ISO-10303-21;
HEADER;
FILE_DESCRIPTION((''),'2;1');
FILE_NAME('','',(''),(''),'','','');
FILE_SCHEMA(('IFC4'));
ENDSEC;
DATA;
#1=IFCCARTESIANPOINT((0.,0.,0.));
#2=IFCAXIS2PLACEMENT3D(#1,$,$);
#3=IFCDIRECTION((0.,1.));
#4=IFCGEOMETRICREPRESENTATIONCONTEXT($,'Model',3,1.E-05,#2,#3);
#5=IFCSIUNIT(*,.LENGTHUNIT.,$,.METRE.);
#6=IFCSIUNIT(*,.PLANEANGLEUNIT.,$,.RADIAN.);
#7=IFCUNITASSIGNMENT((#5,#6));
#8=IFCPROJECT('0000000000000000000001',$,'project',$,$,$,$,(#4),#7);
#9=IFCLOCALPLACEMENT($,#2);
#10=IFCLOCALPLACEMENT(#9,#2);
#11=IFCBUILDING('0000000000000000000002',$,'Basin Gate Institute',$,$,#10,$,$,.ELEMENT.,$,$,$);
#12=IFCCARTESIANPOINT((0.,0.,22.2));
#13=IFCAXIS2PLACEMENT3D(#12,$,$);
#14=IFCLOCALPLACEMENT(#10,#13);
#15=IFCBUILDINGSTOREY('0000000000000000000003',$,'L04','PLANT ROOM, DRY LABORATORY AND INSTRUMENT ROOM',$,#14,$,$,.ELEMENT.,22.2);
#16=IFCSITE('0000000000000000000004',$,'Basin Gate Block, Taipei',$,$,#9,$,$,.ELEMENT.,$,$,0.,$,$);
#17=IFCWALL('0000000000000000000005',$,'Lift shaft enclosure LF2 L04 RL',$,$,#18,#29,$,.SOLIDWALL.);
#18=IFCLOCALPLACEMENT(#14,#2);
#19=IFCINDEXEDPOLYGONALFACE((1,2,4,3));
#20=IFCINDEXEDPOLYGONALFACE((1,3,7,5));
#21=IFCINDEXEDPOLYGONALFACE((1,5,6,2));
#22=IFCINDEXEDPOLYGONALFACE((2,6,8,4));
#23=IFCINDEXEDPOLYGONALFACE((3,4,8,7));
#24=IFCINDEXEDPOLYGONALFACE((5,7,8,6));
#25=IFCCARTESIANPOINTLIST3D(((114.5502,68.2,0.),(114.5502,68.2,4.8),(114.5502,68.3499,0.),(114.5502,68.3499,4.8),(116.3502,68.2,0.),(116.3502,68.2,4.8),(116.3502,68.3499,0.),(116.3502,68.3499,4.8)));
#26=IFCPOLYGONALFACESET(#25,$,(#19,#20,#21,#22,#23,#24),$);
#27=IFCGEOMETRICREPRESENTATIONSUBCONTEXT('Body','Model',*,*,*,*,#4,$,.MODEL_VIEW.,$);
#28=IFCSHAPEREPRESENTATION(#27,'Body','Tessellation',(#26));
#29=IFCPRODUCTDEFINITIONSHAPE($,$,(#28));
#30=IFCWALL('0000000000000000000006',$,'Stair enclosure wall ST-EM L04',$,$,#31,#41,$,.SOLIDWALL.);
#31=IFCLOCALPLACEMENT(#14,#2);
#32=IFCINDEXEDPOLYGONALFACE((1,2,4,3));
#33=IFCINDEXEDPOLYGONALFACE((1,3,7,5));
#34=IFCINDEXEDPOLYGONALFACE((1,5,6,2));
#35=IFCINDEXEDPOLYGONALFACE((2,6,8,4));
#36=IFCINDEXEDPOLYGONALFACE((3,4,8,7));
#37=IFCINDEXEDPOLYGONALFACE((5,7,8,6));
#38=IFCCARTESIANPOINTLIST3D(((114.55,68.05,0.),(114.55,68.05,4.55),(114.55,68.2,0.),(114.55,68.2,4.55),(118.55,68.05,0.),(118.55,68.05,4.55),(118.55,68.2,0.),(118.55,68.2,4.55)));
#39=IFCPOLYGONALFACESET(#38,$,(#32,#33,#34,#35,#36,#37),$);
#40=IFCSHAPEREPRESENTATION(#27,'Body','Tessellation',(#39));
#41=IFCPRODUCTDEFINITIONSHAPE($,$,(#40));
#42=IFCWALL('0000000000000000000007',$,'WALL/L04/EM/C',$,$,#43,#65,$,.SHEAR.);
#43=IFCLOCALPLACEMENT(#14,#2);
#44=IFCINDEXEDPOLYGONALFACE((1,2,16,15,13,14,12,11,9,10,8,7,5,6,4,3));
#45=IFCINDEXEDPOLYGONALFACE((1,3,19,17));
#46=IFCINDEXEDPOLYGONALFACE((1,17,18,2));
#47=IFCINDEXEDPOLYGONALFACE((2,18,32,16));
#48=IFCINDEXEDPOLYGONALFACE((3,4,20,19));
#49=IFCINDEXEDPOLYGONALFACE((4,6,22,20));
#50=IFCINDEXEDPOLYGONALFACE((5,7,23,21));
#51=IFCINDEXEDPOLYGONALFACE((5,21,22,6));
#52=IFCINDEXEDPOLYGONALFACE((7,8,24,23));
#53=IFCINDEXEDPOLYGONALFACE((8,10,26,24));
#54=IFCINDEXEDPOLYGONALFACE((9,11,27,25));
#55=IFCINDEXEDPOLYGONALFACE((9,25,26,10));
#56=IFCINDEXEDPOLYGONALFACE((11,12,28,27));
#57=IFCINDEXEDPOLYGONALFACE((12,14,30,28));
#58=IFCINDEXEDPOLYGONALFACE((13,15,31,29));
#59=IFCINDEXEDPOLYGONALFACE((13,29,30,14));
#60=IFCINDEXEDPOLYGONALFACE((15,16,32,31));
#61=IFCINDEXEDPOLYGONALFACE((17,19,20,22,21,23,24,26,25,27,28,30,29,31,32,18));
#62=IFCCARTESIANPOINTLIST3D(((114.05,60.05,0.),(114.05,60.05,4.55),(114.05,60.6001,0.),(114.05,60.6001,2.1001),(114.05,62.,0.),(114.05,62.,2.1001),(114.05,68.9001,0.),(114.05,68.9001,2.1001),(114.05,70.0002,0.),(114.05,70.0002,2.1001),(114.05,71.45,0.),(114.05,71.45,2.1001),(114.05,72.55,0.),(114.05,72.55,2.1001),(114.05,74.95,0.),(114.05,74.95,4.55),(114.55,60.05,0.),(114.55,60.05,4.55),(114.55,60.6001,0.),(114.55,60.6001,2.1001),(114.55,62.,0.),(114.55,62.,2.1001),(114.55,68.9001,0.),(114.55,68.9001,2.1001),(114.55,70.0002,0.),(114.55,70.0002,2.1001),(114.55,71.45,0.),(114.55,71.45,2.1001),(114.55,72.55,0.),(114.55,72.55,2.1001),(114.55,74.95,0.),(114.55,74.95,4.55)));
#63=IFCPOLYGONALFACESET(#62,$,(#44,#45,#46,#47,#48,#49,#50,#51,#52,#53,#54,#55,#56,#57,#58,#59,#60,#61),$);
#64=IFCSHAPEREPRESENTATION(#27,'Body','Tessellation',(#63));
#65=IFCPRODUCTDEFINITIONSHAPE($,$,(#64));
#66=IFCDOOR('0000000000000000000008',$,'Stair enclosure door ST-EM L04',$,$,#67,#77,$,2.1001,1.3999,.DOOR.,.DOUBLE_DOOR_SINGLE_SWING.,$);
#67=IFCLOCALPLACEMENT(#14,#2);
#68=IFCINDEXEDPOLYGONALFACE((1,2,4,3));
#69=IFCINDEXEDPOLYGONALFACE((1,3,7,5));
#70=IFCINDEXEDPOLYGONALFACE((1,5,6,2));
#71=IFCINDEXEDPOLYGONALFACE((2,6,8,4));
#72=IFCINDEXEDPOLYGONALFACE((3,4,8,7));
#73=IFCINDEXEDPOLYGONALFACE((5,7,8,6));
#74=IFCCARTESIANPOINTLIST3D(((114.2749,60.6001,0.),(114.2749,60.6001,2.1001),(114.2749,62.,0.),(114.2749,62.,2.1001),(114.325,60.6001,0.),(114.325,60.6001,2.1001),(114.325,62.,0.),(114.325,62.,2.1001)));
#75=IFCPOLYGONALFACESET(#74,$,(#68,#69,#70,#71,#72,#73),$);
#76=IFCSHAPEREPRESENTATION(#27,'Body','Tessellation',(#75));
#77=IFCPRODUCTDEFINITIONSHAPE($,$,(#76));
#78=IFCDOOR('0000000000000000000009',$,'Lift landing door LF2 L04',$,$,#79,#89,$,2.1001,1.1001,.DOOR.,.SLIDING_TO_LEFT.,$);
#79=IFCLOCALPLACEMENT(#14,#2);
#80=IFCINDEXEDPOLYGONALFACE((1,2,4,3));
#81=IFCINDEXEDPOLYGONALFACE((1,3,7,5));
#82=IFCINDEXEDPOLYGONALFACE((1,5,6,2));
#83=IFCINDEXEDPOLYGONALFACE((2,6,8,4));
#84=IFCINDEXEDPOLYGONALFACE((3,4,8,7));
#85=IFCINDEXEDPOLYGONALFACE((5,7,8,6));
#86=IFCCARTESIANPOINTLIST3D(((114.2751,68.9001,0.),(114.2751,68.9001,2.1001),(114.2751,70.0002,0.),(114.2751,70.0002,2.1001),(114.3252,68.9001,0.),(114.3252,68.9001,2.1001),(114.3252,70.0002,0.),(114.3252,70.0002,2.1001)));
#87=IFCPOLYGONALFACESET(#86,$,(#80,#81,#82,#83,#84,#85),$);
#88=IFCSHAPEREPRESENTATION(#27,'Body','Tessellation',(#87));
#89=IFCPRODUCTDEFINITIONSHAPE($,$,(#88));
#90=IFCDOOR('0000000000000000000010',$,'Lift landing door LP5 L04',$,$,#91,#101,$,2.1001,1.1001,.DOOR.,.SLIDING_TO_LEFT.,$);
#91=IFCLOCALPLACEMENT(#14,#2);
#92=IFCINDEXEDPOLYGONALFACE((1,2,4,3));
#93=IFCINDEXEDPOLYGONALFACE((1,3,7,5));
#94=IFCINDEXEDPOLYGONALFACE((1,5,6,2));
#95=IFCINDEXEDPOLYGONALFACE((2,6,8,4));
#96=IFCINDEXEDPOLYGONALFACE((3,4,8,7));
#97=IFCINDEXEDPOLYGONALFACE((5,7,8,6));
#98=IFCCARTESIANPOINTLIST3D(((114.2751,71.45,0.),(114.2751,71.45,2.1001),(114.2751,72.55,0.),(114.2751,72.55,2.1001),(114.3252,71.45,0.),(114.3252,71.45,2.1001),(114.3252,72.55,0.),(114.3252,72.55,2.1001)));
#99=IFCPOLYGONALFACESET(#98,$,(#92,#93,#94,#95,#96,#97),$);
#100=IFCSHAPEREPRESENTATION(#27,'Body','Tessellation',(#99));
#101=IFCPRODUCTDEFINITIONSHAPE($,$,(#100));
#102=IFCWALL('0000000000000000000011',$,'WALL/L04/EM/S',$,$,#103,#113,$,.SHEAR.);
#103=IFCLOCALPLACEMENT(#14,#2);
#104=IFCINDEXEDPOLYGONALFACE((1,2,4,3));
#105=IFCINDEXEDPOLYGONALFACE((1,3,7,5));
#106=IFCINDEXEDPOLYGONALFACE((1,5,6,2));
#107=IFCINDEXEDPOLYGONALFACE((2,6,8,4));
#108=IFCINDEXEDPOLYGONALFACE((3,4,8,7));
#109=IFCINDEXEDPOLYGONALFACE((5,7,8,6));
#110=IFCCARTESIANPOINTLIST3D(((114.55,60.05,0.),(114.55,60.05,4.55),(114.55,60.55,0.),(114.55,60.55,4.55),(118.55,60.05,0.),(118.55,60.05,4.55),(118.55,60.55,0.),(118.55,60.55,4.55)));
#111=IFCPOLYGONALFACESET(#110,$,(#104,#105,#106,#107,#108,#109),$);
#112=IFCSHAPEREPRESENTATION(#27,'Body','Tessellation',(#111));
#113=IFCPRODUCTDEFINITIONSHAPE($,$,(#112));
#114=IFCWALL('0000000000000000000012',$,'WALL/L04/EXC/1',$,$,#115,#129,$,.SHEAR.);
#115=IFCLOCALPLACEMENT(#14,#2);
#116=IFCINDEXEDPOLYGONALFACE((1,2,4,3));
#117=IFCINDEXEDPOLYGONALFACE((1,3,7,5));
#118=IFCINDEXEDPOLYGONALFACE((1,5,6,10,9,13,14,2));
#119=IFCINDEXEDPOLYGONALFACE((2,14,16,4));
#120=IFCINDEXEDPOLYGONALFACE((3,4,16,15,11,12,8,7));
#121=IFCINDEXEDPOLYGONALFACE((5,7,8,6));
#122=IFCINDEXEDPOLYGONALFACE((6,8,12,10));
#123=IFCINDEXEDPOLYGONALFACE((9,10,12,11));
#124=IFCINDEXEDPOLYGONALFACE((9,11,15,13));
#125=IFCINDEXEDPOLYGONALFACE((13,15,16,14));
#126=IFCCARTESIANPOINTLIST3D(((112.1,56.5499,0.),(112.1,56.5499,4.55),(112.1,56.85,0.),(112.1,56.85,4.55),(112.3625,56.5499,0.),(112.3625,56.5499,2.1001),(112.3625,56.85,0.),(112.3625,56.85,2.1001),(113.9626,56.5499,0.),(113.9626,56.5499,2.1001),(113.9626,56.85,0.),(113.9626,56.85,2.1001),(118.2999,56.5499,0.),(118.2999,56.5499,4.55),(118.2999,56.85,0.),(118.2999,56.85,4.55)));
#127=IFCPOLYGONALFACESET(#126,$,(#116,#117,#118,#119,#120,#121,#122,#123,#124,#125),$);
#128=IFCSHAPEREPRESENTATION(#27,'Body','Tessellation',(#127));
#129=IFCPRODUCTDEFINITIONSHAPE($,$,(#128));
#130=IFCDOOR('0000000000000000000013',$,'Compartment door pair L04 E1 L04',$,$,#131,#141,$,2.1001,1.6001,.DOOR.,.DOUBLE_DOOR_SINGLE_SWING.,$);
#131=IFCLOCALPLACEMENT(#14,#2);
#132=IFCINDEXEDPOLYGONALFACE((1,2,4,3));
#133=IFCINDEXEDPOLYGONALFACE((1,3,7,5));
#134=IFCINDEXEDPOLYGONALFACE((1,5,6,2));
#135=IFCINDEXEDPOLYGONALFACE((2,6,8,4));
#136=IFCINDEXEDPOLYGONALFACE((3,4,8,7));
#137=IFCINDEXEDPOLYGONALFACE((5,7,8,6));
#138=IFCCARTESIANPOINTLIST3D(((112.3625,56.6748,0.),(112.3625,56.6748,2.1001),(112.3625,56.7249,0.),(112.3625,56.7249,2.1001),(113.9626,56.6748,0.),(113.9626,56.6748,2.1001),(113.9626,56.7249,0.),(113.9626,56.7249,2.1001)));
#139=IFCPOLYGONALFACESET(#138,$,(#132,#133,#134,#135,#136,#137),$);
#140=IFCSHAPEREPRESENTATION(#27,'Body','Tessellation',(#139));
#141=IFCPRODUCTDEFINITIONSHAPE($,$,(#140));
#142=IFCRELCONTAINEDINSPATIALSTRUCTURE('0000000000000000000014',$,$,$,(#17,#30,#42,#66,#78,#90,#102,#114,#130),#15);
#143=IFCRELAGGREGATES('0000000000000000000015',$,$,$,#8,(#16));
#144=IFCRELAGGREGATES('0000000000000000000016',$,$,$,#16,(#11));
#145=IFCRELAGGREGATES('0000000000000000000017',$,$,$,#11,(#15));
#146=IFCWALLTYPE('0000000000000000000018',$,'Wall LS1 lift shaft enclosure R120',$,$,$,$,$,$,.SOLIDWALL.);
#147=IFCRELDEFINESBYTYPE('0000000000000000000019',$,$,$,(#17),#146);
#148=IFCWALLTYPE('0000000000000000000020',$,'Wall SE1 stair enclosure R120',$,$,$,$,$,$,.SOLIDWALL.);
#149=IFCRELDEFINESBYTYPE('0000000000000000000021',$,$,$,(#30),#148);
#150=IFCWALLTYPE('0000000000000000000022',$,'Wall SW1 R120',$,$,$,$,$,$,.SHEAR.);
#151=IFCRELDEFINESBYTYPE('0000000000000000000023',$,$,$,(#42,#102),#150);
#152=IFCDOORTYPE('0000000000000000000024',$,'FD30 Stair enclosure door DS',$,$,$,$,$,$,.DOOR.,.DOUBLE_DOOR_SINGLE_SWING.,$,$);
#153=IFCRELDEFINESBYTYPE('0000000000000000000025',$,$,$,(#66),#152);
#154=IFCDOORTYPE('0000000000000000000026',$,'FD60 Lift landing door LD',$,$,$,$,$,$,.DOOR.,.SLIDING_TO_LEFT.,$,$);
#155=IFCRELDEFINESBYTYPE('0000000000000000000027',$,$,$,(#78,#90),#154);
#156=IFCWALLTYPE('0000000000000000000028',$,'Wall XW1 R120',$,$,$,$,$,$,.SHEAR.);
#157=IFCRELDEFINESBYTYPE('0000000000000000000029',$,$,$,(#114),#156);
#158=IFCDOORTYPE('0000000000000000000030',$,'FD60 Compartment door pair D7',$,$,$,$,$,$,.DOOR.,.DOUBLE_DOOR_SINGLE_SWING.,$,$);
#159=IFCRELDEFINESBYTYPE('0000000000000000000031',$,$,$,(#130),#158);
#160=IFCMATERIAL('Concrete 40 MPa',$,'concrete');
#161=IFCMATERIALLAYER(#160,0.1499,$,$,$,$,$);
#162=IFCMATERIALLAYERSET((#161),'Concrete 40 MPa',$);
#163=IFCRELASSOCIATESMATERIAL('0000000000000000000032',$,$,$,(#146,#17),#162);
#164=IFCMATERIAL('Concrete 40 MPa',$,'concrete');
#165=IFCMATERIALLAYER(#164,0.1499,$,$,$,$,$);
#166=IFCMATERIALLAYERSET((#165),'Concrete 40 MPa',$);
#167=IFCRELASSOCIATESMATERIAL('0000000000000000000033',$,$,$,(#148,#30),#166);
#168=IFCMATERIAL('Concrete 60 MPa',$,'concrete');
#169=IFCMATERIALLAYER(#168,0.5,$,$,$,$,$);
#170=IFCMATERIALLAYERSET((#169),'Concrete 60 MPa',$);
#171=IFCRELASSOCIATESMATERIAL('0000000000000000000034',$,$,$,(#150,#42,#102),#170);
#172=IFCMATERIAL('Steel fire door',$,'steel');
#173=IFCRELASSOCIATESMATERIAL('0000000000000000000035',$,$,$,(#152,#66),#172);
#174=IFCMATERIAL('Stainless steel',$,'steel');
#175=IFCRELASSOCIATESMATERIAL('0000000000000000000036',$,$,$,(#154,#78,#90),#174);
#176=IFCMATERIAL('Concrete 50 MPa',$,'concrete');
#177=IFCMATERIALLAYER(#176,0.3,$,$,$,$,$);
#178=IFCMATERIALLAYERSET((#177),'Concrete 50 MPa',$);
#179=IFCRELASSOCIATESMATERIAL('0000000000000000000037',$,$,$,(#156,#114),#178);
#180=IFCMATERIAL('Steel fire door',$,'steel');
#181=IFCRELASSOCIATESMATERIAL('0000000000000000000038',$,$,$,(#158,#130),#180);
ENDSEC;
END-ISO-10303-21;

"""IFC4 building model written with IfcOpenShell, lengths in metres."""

from ifc_helpers import new_model, si_unit, direction, frame, frame_2d, origin, place, context, subcontext, project, spatial, rectangle, extrude, material, layer, layer_set, type_object, element, fill, save


model = new_model("IFC4")

# Units and contexts
model_context = context("Model", 3, precision=1e-05, world=origin(), true_north=direction((0.0, 1.0)))
body_context = subcontext(model_context, "Body", "Model", "MODEL_VIEW")
ifc_project = project(units=[si_unit("LENGTHUNIT", "METRE"), si_unit("PLANEANGLEUNIT", "RADIAN")], contexts=[model_context])

# Site, building, storey
site_placement = place(None, origin())
site = spatial("IfcSite", under=ifc_project, at=site_placement, Name="Basin Gate Block, Taipei", CompositionType="ELEMENT", RefElevation=0.0)
building_placement = place(site_placement, origin())
building = spatial("IfcBuilding", under=site, at=building_placement, Name="Basin Gate Institute", CompositionType="ELEMENT")
storey_placement = place(building_placement, frame((0.0, 0.0, 22.2)))
storey = spatial("IfcBuildingStorey", under=building, at=storey_placement, Name="L04", Description="PLANT ROOM, DRY LABORATORY AND INSTRUMENT ROOM", CompositionType="ELEMENT", Elevation=22.2)

# Walls
ifc_material_1 = material(Name="Concrete 40 MPa", Category="concrete")
ifc_layer_1 = layer(ifc_material_1, 0.1499)
ifc_layer_set_1 = layer_set([ifc_layer_1], Name="Concrete 40 MPa")
wall_type_1 = type_object("IfcWallType", Name="Wall LS1 lift shaft enclosure R120", PredefinedType="SOLIDWALL", material=ifc_layer_set_1)
wall_1_placement = place(storey_placement, frame((116.3501, 68.2749, 0.0), z_axis=(0.0, 0.0, 1.0), x_axis=(-1.0, 0.0, 0.0)))
element("IfcWall", 1, at=wall_1_placement, inside=storey, type_object=wall_type_1, material=ifc_layer_set_1, Name="Lift shaft enclosure LF2 L04 RL", PredefinedType="SOLIDWALL", context=body_context, shape_type="SweptSolid", body=[
    extrude(rectangle(XDim=1.8, YDim=0.1499, at=frame_2d((0.8999, 0.0))), origin(), (0.0, 0.0, 1.0), 4.8),
])
ifc_material_2 = material(Name="Concrete 40 MPa", Category="concrete")
ifc_layer_2 = layer(ifc_material_2, 0.1499)
ifc_layer_set_2 = layer_set([ifc_layer_2], Name="Concrete 40 MPa")
wall_type_2 = type_object("IfcWallType", Name="Wall SE1 stair enclosure R120", PredefinedType="SOLIDWALL", material=ifc_layer_set_2)
wall_2_placement = place(storey_placement, frame((118.55, 68.125, 0.0), z_axis=(0.0, 0.0, 1.0), x_axis=(-1.0, 0.0, 0.0)))
element("IfcWall", 2, at=wall_2_placement, inside=storey, type_object=wall_type_2, material=ifc_layer_set_2, Name="Stair enclosure wall ST-EM L04", PredefinedType="SOLIDWALL", context=body_context, shape_type="SweptSolid", body=[
    extrude(rectangle(XDim=4.0, YDim=0.1499, at=frame_2d((2.0, 0.0))), origin(), (0.0, 0.0, 1.0), 4.55),
])

# Wall, openings, doors
ifc_material_3 = material(Name="Concrete 60 MPa", Category="concrete")
ifc_layer_3 = layer(ifc_material_3, 0.5)
ifc_layer_set_3 = layer_set([ifc_layer_3], Name="Concrete 60 MPa")
wall_type_3 = type_object("IfcWallType", Name="Wall SW1 R120", PredefinedType="SHEAR", material=ifc_layer_set_3)
wall_3_placement = place(storey_placement, frame((114.3, 60.05, 0.0), z_axis=(0.0, 0.0, 1.0), x_axis=(0.0, 1.0, 0.0)))
wall_3 = element("IfcWall", 3, at=wall_3_placement, inside=storey, type_object=wall_type_3, material=ifc_layer_set_3, Name="WALL/L04/EM/C", PredefinedType="SHEAR", context=body_context, shape_type="SweptSolid", body=[
    extrude(rectangle(XDim=14.8999, YDim=0.5, at=frame_2d((7.45, 0.0))), origin(), (0.0, 0.0, 1.0), 4.55),
])
opening_1_placement = place(wall_3_placement, frame((0.55, 0.0, 0.0)))
opening_1 = element("IfcOpeningElement", 4, at=opening_1_placement, cuts=wall_3, PredefinedType="OPENING", context=body_context, shape_type="SweptSolid", body=[
    extrude(rectangle(XDim=1.3999, YDim=2.1001, at=frame_2d((0.7, 1.05))), frame((0.0, 0.26, 0.0), z_axis=(0.0, -1.0, 0.0), x_axis=(1.0, 0.0, 0.0)), (0.0, 0.0, 1.0), 0.52),
])
opening_2_placement = place(wall_3_placement, frame((8.8501, 0.0, 0.0)))
opening_2 = element("IfcOpeningElement", 5, at=opening_2_placement, cuts=wall_3, PredefinedType="OPENING", context=body_context, shape_type="SweptSolid", body=[
    extrude(rectangle(XDim=1.1001, YDim=2.1001, at=frame_2d((0.55, 1.05))), frame((0.0, 0.26, 0.0), z_axis=(0.0, -1.0, 0.0), x_axis=(1.0, 0.0, 0.0)), (0.0, 0.0, 1.0), 0.52),
])
opening_3_placement = place(wall_3_placement, frame((11.3999, 0.0, 0.0)))
opening_3 = element("IfcOpeningElement", 6, at=opening_3_placement, cuts=wall_3, PredefinedType="OPENING", context=body_context, shape_type="SweptSolid", body=[
    extrude(rectangle(XDim=1.1001, YDim=2.1001, at=frame_2d((0.55, 1.05))), frame((0.0, 0.26, 0.0), z_axis=(0.0, -1.0, 0.0), x_axis=(1.0, 0.0, 0.0)), (0.0, 0.0, 1.0), 0.52),
])
ifc_material_4 = material(Name="Steel fire door", Category="steel")
door_type_1 = type_object("IfcDoorType", Name="FD30 Stair enclosure door DS", OperationType="DOUBLE_DOOR_SINGLE_SWING", PredefinedType="DOOR", material=ifc_material_4)
door_1_placement = place(opening_1_placement, frame((1.3999, 0.0, 0.0), z_axis=(0.0, 0.0, 1.0), x_axis=(-1.0, 0.0, 0.0)))
door_1 = element("IfcDoor", 7, at=door_1_placement, inside=storey, type_object=door_type_1, material=ifc_material_4, Name="Stair enclosure door ST-EM L04", OperationType="DOUBLE_DOOR_SINGLE_SWING", OverallHeight=2.1001, OverallWidth=1.3999, PredefinedType="DOOR", context=body_context, shape_type="SweptSolid", body=[
    extrude(rectangle(XDim=1.3999, YDim=2.1001, at=frame_2d((0.7, 1.05))), frame((0.0, 0.0249, 0.0), z_axis=(0.0, -1.0, 0.0), x_axis=(1.0, 0.0, 0.0)), (0.0, 0.0, 1.0), 0.05),
])
fill(opening_1, door_1)
ifc_material_5 = material(Name="Stainless steel", Category="steel")
door_type_2 = type_object("IfcDoorType", Name="FD60 Lift landing door LD", OperationType="SLIDING_TO_LEFT", PredefinedType="DOOR", material=ifc_material_5)
door_2_placement = place(opening_2_placement, origin())
door_2 = element("IfcDoor", 8, at=door_2_placement, inside=storey, type_object=door_type_2, material=ifc_material_5, Name="Lift landing door LF2 L04", OperationType="SLIDING_TO_LEFT", OverallHeight=2.1001, OverallWidth=1.1001, PredefinedType="DOOR", context=body_context, shape_type="SweptSolid", body=[
    extrude(rectangle(XDim=1.1001, YDim=2.1001, at=frame_2d((0.55, 1.05))), frame((0.0, 0.0249, 0.0), z_axis=(0.0, -1.0, 0.0), x_axis=(1.0, 0.0, 0.0)), (0.0, 0.0, 1.0), 0.05),
])
fill(opening_2, door_2)
door_3_placement = place(opening_3_placement, origin())
door_3 = element("IfcDoor", 9, at=door_3_placement, inside=storey, type_object=door_type_2, material=ifc_material_5, Name="Lift landing door LP5 L04", OperationType="SLIDING_TO_LEFT", OverallHeight=2.1001, OverallWidth=1.1001, PredefinedType="DOOR", context=body_context, shape_type="SweptSolid", body=[
    extrude(rectangle(XDim=1.1001, YDim=2.1001, at=frame_2d((0.55, 1.05))), frame((0.0, 0.0249, 0.0), z_axis=(0.0, -1.0, 0.0), x_axis=(1.0, 0.0, 0.0)), (0.0, 0.0, 1.0), 0.05),
])
fill(opening_3, door_3)

# Wall
wall_4_placement = place(storey_placement, frame((118.55, 60.3, 0.0), z_axis=(0.0, 0.0, 1.0), x_axis=(-1.0, 0.0, 0.0)))
element("IfcWall", 10, at=wall_4_placement, inside=storey, type_object=wall_type_3, material=ifc_layer_set_3, Name="WALL/L04/EM/S", PredefinedType="SHEAR", context=body_context, shape_type="SweptSolid", body=[
    extrude(rectangle(XDim=4.0, YDim=0.5, at=frame_2d((2.0, 0.0))), origin(), (0.0, 0.0, 1.0), 4.55),
])

# Wall, opening, door
ifc_material_6 = material(Name="Concrete 50 MPa", Category="concrete")
ifc_layer_4 = layer(ifc_material_6, 0.3)
ifc_layer_set_4 = layer_set([ifc_layer_4], Name="Concrete 50 MPa")
wall_type_4 = type_object("IfcWallType", Name="Wall XW1 R120", PredefinedType="SHEAR", material=ifc_layer_set_4)
wall_5_placement = place(storey_placement, frame((118.3, 56.7, 0.0), z_axis=(0.0, 0.0, 1.0), x_axis=(-1.0, 0.0, 0.0)))
wall_5 = element("IfcWall", 11, at=wall_5_placement, inside=storey, type_object=wall_type_4, material=ifc_layer_set_4, Name="WALL/L04/EXC/1", PredefinedType="SHEAR", context=body_context, shape_type="SweptSolid", body=[
    extrude(rectangle(XDim=6.2, YDim=0.3, at=frame_2d((3.1001, 0.0))), origin(), (0.0, 0.0, 1.0), 4.55),
])
opening_4_placement = place(wall_5_placement, frame((4.3374, 0.0, 0.0)))
opening_4 = element("IfcOpeningElement", 12, at=opening_4_placement, cuts=wall_5, PredefinedType="OPENING", context=body_context, shape_type="SweptSolid", body=[
    extrude(rectangle(XDim=1.6001, YDim=2.1001, at=frame_2d((0.8, 1.05))), frame((0.0, 0.1602, 0.0), z_axis=(0.0, -1.0, 0.0), x_axis=(1.0, 0.0, 0.0)), (0.0, 0.0, 1.0), 0.3201),
])
ifc_material_7 = material(Name="Steel fire door", Category="steel")
door_type_3 = type_object("IfcDoorType", Name="FD60 Compartment door pair D7", OperationType="DOUBLE_DOOR_SINGLE_SWING", PredefinedType="DOOR", material=ifc_material_7)
door_4_placement = place(opening_4_placement, frame((1.6001, 0.0, 0.0), z_axis=(0.0, 0.0, 1.0), x_axis=(-1.0, 0.0, 0.0)))
door_4 = element("IfcDoor", 13, at=door_4_placement, inside=storey, type_object=door_type_3, material=ifc_material_7, Name="Compartment door pair L04 E1 L04", OperationType="DOUBLE_DOOR_SINGLE_SWING", OverallHeight=2.1001, OverallWidth=1.6001, PredefinedType="DOOR", context=body_context, shape_type="SweptSolid", body=[
    extrude(rectangle(XDim=1.6001, YDim=2.1001, at=frame_2d((0.8, 1.05))), frame((0.0, 0.0249, 0.0), z_axis=(0.0, -1.0, 0.0), x_axis=(1.0, 0.0, 0.0)), (0.0, 0.0, 1.0), 0.05),
])
fill(opening_4, door_4)

save(model, "model.ifc")
